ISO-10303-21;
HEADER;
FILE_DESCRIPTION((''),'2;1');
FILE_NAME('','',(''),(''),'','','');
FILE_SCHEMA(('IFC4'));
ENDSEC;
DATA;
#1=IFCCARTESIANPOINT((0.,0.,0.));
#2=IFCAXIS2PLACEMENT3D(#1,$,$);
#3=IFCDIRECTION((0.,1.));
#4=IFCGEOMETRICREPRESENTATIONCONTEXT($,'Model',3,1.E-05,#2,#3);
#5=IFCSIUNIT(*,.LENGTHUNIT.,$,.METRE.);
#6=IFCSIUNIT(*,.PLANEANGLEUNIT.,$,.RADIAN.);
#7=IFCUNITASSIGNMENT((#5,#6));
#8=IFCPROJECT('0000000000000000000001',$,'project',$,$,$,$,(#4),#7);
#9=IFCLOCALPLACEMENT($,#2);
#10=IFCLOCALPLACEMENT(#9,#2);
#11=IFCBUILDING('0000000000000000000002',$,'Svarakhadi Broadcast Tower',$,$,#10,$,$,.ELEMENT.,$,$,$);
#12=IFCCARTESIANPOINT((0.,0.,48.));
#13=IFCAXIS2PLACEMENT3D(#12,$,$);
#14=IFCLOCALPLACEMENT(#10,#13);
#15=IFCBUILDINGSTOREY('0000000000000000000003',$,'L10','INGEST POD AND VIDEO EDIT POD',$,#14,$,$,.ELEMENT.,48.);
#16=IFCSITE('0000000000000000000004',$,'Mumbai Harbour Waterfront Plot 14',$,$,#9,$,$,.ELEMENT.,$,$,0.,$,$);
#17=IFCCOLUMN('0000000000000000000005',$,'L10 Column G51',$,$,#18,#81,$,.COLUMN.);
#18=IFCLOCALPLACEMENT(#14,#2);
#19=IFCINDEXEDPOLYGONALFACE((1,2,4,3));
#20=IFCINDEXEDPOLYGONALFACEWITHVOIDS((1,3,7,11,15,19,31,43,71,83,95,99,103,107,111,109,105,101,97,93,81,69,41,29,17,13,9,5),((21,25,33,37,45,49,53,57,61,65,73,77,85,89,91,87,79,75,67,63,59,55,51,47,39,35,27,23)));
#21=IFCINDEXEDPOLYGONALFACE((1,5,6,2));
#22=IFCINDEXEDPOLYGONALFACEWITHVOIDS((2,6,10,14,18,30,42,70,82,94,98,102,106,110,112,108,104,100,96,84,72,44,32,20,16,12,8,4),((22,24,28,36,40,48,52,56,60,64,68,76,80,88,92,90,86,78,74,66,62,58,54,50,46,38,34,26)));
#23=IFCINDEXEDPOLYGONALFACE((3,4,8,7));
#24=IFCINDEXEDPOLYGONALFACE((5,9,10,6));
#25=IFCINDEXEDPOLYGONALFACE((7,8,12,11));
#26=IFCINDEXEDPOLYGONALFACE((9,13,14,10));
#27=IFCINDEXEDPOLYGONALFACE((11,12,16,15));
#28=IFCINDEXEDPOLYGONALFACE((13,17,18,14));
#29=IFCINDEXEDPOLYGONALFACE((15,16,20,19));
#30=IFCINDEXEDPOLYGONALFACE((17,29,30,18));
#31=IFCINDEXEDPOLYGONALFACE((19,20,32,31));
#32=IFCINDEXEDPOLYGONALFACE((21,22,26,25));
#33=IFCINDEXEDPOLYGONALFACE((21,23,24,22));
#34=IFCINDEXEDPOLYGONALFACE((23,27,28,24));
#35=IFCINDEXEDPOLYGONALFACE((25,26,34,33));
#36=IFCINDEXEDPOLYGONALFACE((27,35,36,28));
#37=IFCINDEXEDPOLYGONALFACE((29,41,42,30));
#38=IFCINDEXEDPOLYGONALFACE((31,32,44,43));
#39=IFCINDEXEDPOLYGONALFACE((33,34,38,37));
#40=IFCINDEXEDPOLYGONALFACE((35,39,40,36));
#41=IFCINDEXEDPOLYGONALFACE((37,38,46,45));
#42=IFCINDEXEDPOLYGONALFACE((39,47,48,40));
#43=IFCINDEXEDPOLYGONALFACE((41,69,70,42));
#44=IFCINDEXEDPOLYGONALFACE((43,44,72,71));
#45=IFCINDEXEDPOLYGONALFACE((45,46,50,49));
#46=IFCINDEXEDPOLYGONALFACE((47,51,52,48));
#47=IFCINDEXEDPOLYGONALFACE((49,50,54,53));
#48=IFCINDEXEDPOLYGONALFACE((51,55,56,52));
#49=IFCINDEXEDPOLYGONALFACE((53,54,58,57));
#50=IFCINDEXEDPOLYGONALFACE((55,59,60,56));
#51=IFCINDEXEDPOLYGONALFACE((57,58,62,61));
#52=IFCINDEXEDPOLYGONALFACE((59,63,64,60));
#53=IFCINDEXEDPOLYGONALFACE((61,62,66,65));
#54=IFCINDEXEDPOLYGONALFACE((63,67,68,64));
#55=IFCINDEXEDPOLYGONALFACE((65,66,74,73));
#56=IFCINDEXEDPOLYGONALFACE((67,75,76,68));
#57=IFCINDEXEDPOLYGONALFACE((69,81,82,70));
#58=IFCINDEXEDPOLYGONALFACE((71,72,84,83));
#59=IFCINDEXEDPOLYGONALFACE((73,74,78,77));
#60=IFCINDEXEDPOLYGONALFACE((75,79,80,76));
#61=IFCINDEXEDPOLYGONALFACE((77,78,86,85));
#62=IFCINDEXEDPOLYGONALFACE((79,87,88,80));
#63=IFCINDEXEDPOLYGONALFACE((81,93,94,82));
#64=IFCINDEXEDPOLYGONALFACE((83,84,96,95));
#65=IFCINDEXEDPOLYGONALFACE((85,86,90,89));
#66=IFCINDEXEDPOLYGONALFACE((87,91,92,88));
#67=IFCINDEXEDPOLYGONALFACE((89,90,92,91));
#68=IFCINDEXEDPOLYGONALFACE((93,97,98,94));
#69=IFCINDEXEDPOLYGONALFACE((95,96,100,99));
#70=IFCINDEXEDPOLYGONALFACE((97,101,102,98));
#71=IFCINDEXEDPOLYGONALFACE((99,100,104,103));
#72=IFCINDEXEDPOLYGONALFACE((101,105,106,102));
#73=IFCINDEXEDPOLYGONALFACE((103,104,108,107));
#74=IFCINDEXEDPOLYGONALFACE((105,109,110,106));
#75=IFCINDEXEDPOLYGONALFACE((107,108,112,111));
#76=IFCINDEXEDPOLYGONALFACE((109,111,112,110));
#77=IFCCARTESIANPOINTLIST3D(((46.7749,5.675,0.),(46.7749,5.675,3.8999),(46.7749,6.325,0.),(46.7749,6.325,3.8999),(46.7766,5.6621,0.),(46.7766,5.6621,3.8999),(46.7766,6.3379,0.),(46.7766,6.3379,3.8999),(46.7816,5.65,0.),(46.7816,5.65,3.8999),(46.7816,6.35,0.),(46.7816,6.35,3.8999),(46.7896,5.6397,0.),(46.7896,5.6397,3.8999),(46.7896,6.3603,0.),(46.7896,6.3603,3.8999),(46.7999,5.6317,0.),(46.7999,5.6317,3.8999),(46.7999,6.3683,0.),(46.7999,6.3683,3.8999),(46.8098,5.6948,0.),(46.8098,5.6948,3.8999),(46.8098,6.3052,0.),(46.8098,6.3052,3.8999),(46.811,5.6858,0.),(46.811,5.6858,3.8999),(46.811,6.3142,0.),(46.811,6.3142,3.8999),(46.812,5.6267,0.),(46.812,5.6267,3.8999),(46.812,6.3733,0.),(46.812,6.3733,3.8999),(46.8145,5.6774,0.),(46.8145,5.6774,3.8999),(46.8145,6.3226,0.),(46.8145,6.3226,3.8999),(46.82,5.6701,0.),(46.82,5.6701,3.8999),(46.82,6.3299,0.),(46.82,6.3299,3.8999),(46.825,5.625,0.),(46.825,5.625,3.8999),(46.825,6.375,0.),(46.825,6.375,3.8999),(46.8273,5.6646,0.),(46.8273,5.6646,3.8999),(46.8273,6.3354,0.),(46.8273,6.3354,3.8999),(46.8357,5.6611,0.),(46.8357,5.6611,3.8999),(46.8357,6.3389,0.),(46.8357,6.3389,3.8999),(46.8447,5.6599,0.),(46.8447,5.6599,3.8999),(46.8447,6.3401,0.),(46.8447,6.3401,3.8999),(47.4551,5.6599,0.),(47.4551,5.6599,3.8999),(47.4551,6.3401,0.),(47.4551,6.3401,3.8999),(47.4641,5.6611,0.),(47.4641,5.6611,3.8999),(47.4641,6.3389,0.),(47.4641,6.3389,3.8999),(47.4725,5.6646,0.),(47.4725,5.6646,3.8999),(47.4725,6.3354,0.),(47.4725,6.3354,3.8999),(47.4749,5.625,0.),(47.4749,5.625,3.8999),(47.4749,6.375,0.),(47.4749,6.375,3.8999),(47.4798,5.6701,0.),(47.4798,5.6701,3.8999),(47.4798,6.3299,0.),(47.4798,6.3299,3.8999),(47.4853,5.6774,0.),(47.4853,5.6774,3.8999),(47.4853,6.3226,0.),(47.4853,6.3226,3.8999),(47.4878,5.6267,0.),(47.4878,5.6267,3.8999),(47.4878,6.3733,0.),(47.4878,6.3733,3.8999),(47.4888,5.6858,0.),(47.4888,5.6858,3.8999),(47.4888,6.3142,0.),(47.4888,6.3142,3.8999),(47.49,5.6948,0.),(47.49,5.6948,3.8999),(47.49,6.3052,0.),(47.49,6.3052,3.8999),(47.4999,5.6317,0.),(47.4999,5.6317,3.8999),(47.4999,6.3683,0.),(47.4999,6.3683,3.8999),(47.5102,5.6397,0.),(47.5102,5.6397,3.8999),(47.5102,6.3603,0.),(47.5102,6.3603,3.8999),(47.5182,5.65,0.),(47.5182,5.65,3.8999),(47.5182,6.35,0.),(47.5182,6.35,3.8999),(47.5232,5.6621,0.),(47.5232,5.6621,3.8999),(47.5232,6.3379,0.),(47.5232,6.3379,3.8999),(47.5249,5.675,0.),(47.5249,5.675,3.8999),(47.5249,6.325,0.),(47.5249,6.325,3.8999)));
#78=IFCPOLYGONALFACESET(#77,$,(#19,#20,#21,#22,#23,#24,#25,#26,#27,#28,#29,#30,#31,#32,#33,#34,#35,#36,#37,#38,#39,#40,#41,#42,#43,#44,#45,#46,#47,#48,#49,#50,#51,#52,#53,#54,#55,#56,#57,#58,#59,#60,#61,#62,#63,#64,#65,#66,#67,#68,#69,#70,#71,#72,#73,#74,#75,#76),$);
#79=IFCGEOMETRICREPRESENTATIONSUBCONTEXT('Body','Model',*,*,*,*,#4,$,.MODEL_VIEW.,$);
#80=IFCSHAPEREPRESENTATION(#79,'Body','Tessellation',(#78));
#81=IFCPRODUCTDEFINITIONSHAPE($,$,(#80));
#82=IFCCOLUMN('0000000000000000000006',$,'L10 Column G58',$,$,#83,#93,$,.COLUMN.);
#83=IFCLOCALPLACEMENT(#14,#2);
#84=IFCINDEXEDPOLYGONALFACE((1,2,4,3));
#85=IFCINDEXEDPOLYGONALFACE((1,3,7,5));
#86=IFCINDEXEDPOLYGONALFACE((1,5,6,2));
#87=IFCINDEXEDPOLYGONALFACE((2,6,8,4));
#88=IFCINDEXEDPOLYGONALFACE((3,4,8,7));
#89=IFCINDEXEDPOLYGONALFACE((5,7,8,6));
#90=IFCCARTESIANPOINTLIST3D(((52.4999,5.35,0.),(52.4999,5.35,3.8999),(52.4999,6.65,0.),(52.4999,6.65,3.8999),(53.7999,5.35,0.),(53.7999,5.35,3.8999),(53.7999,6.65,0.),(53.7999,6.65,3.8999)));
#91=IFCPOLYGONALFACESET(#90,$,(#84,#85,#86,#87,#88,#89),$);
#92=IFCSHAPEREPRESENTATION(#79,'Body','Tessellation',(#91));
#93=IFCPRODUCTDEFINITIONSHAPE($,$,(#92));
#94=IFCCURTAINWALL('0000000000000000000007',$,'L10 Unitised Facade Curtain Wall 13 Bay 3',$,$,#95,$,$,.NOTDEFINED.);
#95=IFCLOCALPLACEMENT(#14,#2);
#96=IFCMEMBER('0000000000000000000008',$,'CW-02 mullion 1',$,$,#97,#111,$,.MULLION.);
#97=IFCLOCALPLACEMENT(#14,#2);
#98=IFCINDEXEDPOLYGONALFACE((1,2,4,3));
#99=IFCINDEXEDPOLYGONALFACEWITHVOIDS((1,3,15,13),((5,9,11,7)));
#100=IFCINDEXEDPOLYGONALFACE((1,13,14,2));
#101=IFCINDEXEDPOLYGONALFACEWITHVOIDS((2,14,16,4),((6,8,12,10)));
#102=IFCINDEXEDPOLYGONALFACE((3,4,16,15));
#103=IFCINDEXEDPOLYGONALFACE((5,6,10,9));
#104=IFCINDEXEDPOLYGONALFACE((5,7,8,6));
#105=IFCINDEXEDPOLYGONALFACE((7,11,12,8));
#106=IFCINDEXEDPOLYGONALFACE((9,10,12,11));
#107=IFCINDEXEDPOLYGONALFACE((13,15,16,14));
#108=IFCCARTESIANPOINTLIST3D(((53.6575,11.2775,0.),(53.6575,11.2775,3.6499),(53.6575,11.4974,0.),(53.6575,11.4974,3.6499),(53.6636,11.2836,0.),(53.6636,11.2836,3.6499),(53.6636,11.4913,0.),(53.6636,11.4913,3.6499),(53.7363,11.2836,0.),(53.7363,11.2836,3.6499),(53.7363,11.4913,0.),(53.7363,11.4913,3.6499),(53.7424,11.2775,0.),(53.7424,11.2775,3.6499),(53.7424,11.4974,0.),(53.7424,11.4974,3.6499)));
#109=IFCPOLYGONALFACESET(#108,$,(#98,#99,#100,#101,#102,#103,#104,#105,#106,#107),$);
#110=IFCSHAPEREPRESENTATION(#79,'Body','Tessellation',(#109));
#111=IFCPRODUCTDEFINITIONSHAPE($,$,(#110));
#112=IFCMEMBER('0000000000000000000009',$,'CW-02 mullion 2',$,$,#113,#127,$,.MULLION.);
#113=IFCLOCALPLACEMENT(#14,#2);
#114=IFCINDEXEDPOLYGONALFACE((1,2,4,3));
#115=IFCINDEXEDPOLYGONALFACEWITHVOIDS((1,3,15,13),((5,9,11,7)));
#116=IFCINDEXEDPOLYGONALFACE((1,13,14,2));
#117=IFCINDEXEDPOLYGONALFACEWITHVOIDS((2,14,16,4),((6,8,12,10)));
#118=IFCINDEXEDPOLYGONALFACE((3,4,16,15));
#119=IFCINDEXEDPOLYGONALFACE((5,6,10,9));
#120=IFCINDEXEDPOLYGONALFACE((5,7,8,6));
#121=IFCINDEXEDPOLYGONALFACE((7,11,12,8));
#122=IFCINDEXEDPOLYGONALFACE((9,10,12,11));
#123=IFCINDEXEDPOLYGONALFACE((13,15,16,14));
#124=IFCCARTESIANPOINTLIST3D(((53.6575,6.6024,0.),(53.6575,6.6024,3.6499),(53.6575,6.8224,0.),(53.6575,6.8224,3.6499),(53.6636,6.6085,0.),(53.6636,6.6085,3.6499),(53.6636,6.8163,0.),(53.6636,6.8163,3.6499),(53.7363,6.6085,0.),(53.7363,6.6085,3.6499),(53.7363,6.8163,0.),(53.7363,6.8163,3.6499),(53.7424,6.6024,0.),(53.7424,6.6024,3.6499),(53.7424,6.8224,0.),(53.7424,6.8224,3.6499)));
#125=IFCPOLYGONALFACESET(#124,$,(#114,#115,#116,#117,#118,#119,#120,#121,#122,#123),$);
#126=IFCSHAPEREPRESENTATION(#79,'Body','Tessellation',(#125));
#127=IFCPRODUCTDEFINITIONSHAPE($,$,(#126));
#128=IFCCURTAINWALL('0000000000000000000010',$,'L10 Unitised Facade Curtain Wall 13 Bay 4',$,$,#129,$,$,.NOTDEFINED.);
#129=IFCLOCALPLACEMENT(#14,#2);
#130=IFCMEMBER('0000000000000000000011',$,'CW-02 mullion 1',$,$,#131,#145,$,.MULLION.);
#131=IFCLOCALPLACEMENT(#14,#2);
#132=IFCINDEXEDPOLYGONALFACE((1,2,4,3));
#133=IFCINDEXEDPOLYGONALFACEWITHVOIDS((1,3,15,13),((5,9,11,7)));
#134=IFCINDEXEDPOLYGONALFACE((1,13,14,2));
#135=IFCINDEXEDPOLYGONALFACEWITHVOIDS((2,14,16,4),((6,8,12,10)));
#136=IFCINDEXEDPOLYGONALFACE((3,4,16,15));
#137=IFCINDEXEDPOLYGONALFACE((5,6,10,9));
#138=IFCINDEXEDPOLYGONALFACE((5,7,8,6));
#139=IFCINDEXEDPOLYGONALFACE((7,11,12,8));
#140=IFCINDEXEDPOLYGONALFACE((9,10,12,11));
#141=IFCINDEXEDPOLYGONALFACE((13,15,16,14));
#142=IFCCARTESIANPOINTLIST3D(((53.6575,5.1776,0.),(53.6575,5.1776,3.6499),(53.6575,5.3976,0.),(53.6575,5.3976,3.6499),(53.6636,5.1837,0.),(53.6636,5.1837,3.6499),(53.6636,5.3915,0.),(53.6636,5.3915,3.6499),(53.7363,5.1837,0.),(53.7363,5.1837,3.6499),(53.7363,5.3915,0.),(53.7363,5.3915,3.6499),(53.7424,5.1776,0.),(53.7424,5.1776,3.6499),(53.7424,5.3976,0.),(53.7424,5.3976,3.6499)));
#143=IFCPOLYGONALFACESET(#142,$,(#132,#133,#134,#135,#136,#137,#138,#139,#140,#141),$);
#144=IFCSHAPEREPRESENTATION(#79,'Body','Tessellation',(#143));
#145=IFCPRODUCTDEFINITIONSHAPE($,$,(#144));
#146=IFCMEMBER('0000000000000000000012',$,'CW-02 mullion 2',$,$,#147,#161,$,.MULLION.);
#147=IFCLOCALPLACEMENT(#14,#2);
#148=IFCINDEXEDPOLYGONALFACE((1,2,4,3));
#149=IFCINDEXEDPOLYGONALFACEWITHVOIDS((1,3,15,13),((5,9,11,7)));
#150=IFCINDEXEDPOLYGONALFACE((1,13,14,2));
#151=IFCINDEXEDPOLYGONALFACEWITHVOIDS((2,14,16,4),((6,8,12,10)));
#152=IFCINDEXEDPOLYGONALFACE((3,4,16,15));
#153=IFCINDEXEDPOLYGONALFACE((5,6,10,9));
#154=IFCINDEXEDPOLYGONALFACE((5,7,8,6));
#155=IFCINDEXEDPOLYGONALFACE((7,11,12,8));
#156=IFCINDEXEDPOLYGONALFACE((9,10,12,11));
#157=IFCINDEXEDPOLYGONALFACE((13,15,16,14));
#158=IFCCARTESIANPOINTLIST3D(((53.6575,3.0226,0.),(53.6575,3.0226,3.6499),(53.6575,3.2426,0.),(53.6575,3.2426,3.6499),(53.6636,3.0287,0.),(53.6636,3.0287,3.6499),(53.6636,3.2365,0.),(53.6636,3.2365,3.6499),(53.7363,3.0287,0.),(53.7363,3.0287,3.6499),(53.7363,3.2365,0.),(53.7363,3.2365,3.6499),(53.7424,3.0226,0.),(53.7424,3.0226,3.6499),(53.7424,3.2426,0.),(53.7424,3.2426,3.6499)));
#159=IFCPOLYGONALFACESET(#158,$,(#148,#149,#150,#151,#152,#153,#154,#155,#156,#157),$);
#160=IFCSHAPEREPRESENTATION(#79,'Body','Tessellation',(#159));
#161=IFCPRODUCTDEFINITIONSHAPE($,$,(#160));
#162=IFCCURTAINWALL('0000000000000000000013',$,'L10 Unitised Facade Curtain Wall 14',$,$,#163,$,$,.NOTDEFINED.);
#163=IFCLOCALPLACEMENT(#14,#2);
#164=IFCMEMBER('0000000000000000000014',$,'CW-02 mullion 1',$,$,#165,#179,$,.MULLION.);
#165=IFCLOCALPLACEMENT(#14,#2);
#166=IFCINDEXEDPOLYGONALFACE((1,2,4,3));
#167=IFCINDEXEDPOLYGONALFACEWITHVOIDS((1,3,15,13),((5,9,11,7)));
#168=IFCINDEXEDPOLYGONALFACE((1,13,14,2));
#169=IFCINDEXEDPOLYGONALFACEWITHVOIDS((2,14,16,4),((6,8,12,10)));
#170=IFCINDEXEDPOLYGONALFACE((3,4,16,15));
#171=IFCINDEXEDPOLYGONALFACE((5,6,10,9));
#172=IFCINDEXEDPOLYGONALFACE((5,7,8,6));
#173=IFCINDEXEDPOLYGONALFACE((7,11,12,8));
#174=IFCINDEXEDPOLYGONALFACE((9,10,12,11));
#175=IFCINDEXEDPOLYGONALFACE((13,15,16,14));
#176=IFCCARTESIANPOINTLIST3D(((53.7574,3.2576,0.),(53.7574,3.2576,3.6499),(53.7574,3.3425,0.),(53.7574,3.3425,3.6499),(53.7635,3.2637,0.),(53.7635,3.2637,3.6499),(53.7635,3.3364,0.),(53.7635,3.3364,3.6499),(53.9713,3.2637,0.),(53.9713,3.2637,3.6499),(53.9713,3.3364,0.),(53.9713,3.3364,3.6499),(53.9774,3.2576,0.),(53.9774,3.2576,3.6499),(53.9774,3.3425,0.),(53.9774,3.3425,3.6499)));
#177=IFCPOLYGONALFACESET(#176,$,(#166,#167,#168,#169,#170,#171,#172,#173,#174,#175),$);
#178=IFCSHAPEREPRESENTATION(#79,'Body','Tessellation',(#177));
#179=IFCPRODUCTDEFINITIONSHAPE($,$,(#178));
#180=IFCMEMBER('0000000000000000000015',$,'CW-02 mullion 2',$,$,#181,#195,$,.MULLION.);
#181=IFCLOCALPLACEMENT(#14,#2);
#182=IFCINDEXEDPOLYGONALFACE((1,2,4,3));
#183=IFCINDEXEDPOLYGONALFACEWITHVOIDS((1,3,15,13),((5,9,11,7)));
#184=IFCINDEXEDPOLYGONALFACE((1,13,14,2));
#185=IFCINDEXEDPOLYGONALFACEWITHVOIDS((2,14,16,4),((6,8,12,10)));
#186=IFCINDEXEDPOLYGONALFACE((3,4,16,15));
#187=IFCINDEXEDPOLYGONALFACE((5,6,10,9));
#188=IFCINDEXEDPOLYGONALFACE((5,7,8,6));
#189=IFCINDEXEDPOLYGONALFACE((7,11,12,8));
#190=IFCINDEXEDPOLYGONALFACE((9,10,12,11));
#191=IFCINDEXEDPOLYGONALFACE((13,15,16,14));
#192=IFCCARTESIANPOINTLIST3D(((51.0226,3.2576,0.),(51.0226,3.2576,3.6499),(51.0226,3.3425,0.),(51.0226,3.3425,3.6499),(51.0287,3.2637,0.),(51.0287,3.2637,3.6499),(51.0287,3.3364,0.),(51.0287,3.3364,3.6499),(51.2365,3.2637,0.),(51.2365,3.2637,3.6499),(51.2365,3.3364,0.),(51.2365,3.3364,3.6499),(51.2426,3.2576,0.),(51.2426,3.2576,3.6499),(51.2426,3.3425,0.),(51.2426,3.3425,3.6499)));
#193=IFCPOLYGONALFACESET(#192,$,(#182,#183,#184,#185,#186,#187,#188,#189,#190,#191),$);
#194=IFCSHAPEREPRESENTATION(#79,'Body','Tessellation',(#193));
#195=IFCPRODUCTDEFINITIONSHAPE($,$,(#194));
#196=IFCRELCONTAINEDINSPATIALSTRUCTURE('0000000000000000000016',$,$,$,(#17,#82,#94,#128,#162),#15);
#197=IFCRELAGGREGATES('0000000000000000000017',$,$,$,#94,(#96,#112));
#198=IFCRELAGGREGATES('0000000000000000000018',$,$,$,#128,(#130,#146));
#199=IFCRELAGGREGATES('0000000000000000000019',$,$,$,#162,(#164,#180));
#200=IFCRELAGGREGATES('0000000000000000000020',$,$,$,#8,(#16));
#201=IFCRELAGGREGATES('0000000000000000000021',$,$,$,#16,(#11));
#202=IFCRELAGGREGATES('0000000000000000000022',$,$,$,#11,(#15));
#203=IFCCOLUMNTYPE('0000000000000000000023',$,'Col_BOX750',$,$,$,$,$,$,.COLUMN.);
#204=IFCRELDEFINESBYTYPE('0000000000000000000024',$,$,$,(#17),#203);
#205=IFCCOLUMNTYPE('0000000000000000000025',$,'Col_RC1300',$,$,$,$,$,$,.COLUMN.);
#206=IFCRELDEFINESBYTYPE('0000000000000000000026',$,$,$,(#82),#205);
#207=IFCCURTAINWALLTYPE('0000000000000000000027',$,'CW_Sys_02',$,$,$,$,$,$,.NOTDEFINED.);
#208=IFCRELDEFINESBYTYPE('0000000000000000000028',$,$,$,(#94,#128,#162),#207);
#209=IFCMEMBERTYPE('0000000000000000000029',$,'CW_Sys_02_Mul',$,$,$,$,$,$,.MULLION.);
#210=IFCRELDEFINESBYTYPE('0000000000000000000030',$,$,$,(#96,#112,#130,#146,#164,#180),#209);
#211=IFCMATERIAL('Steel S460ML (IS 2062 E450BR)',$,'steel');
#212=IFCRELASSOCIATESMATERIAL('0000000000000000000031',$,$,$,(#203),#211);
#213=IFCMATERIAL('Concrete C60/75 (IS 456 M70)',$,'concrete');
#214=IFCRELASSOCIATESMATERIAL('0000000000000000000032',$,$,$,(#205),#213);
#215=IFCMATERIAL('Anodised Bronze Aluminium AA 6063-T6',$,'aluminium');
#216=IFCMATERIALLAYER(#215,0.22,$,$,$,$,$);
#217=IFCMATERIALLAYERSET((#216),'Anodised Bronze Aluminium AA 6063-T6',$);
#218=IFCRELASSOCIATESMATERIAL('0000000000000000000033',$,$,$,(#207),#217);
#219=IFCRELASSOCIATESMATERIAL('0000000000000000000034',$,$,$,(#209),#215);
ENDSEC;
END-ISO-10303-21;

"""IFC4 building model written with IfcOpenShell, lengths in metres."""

from ifc_helpers import new_model, si_unit, direction, frame, origin, origin_2d, place, context, subcontext, project, spatial, rectangle, hollow_rectangle, extrude, material, layer, layer_set, material_profile, profile_set, type_object, element, aggregate, save


model = new_model("IFC4")

# Units and contexts
model_context = context("Model", 3, precision=1e-05, world=origin(), true_north=direction((0.0, 1.0)))
body_context = subcontext(model_context, "Body", "Model", "MODEL_VIEW")
ifc_project = project(units=[si_unit("LENGTHUNIT", "METRE"), si_unit("PLANEANGLEUNIT", "RADIAN")], contexts=[model_context])

# Site, building, storey
site_placement = place(None, origin())
site = spatial("IfcSite", under=ifc_project, at=site_placement, Name="Mumbai Harbour Waterfront Plot 14", CompositionType="ELEMENT", RefElevation=0.0)
building_placement = place(site_placement, origin())
building = spatial("IfcBuilding", under=site, at=building_placement, Name="Svarakhadi Broadcast Tower", CompositionType="ELEMENT")
storey_placement = place(building_placement, frame((0.0, 0.0, 48.0)))
storey = spatial("IfcBuildingStorey", under=building, at=storey_placement, Name="L10", Description="INGEST POD AND VIDEO EDIT POD", CompositionType="ELEMENT", Elevation=48.0)

# Columns
ifc_material_1 = material(Name="Steel S460ML (IS 2062 E450BR)", Category="steel")
ifc_material_profile_1 = material_profile(ifc_material_1, hollow_rectangle(XDim=0.75, YDim=0.75, WallThickness=0.0349, InnerFilletRadius=0.0349, OuterFilletRadius=0.05, at=origin_2d()), Name="BOX 750x750x35")
ifc_profile_set_1 = profile_set([ifc_material_profile_1], Name="Steel S460ML (IS 2062 E450BR)")
column_type_1 = type_object("IfcColumnType", Name="Col_BOX750", PredefinedType="COLUMN", material=ifc_profile_set_1)
column_1_placement = place(storey_placement, frame((47.1499, 6.0, 0.0), z_axis=(0.0, 0.0, 1.0), x_axis=(1.0, 0.0, 0.0)))
element("IfcColumn", 1, at=column_1_placement, inside=storey, type_object=column_type_1, Name="L10 Column G51", PredefinedType="COLUMN", context=body_context, shape_type="SweptSolid", body=[
    extrude(hollow_rectangle(XDim=0.75, YDim=0.75, WallThickness=0.0349, InnerFilletRadius=0.0349, OuterFilletRadius=0.05, at=origin_2d()), origin(), (0.0, 0.0, 1.0), 3.8999),
])
ifc_material_2 = material(Name="Concrete C60/75 (IS 456 M70)", Category="concrete")
ifc_material_profile_2 = material_profile(ifc_material_2, rectangle(XDim=1.3, YDim=1.3, at=origin_2d()), Name="RC 1300x1300")
ifc_profile_set_2 = profile_set([ifc_material_profile_2], Name="Concrete C60/75 (IS 456 M70)")
column_type_2 = type_object("IfcColumnType", Name="Col_RC1300", PredefinedType="COLUMN", material=ifc_profile_set_2)
column_2_placement = place(storey_placement, frame((53.1499, 6.0, 0.0), z_axis=(0.0, 0.0, 1.0), x_axis=(1.0, 0.0, 0.0)))
element("IfcColumn", 2, at=column_2_placement, inside=storey, type_object=column_type_2, Name="L10 Column G58", PredefinedType="COLUMN", context=body_context, shape_type="SweptSolid", body=[
    extrude(rectangle(XDim=1.3, YDim=1.3, at=origin_2d()), origin(), (0.0, 0.0, 1.0), 3.8999),
])

# Curtain walls, members
ifc_material_3 = material(Name="Anodised Bronze Aluminium AA 6063-T6", Category="aluminium")
ifc_layer_1 = layer(ifc_material_3, 0.22)
ifc_layer_set_1 = layer_set([ifc_layer_1], Name="Anodised Bronze Aluminium AA 6063-T6")
curtain_wall_type = type_object("IfcCurtainWallType", Name="CW_Sys_02", PredefinedType="NOTDEFINED", material=ifc_layer_set_1)
curtain_wall_1_placement = place(storey_placement, origin())
curtain_wall_1 = element("IfcCurtainWall", 3, at=curtain_wall_1_placement, inside=storey, type_object=curtain_wall_type, Name="L10 Unitised Facade Curtain Wall 13 Bay 3", PredefinedType="NOTDEFINED")
ifc_material_profile_3 = material_profile(ifc_material_3, hollow_rectangle(XDim=0.085, YDim=0.22, WallThickness=0.0061, at=origin_2d()), Name="ALU MULLION 220x85x6")
ifc_profile_set_3 = profile_set([ifc_material_profile_3], Name="Anodised Bronze Aluminium AA 6063-T6")
member_type_1 = type_object("IfcMemberType", Name="CW_Sys_02_Mul", PredefinedType="MULLION", material=ifc_profile_set_3)
member_1_placement = place(storey_placement, frame((53.7, 11.3875, 0.0), z_axis=(0.0, 0.0, 1.0), x_axis=(1.0, 0.0, 0.0)))
member_1 = element("IfcMember", 4, at=member_1_placement, type_object=member_type_1, Name="CW-02 mullion 1", PredefinedType="MULLION", context=body_context, shape_type="SweptSolid", body=[
    extrude(hollow_rectangle(XDim=0.085, YDim=0.22, WallThickness=0.0061, at=origin_2d()), origin(), (0.0, 0.0, 1.0), 3.6499),
])
member_2_placement = place(storey_placement, frame((53.7, 6.7124, 0.0), z_axis=(0.0, 0.0, 1.0), x_axis=(1.0, 0.0, 0.0)))
member_2 = element("IfcMember", 5, at=member_2_placement, type_object=member_type_1, Name="CW-02 mullion 2", PredefinedType="MULLION", context=body_context, shape_type="SweptSolid", body=[
    extrude(hollow_rectangle(XDim=0.085, YDim=0.22, WallThickness=0.0061, at=origin_2d()), origin(), (0.0, 0.0, 1.0), 3.6499),
])
curtain_wall_2_placement = place(storey_placement, origin())
curtain_wall_2 = element("IfcCurtainWall", 6, at=curtain_wall_2_placement, inside=storey, type_object=curtain_wall_type, Name="L10 Unitised Facade Curtain Wall 13 Bay 4", PredefinedType="NOTDEFINED")
member_3_placement = place(storey_placement, frame((53.7, 5.2876, 0.0), z_axis=(0.0, 0.0, 1.0), x_axis=(1.0, 0.0, 0.0)))
member_3 = element("IfcMember", 7, at=member_3_placement, type_object=member_type_1, Name="CW-02 mullion 1", PredefinedType="MULLION", context=body_context, shape_type="SweptSolid", body=[
    extrude(hollow_rectangle(XDim=0.085, YDim=0.22, WallThickness=0.0061, at=origin_2d()), origin(), (0.0, 0.0, 1.0), 3.6499),
])
member_4_placement = place(storey_placement, frame((53.7, 3.1326, 0.0), z_axis=(0.0, 0.0, 1.0), x_axis=(1.0, 0.0, 0.0)))
member_4 = element("IfcMember", 8, at=member_4_placement, type_object=member_type_1, Name="CW-02 mullion 2", PredefinedType="MULLION", context=body_context, shape_type="SweptSolid", body=[
    extrude(hollow_rectangle(XDim=0.085, YDim=0.22, WallThickness=0.0061, at=origin_2d()), origin(), (0.0, 0.0, 1.0), 3.6499),
])
curtain_wall_3_placement = place(storey_placement, origin())
curtain_wall_3 = element("IfcCurtainWall", 9, at=curtain_wall_3_placement, inside=storey, type_object=curtain_wall_type, Name="L10 Unitised Facade Curtain Wall 14", PredefinedType="NOTDEFINED")
member_5_placement = place(storey_placement, frame((53.8674, 3.3, 0.0), z_axis=(0.0, 0.0, 1.0), x_axis=(0.0, -1.0, 0.0)))
member_5 = element("IfcMember", 10, at=member_5_placement, type_object=member_type_1, Name="CW-02 mullion 1", PredefinedType="MULLION", context=body_context, shape_type="SweptSolid", body=[
    extrude(hollow_rectangle(XDim=0.085, YDim=0.22, WallThickness=0.0061, at=origin_2d()), origin(), (0.0, 0.0, 1.0), 3.6499),
])
member_6_placement = place(storey_placement, frame((51.1326, 3.3, 0.0), z_axis=(0.0, 0.0, 1.0), x_axis=(0.0, -1.0, 0.0)))
member_6 = element("IfcMember", 11, at=member_6_placement, type_object=member_type_1, Name="CW-02 mullion 2", PredefinedType="MULLION", context=body_context, shape_type="SweptSolid", body=[
    extrude(hollow_rectangle(XDim=0.085, YDim=0.22, WallThickness=0.0061, at=origin_2d()), origin(), (0.0, 0.0, 1.0), 3.6499),
])

aggregate(curtain_wall_1, [member_1, member_2])
aggregate(curtain_wall_2, [member_3, member_4])
aggregate(curtain_wall_3, [member_5, member_6])

save(model, "model.ifc")
